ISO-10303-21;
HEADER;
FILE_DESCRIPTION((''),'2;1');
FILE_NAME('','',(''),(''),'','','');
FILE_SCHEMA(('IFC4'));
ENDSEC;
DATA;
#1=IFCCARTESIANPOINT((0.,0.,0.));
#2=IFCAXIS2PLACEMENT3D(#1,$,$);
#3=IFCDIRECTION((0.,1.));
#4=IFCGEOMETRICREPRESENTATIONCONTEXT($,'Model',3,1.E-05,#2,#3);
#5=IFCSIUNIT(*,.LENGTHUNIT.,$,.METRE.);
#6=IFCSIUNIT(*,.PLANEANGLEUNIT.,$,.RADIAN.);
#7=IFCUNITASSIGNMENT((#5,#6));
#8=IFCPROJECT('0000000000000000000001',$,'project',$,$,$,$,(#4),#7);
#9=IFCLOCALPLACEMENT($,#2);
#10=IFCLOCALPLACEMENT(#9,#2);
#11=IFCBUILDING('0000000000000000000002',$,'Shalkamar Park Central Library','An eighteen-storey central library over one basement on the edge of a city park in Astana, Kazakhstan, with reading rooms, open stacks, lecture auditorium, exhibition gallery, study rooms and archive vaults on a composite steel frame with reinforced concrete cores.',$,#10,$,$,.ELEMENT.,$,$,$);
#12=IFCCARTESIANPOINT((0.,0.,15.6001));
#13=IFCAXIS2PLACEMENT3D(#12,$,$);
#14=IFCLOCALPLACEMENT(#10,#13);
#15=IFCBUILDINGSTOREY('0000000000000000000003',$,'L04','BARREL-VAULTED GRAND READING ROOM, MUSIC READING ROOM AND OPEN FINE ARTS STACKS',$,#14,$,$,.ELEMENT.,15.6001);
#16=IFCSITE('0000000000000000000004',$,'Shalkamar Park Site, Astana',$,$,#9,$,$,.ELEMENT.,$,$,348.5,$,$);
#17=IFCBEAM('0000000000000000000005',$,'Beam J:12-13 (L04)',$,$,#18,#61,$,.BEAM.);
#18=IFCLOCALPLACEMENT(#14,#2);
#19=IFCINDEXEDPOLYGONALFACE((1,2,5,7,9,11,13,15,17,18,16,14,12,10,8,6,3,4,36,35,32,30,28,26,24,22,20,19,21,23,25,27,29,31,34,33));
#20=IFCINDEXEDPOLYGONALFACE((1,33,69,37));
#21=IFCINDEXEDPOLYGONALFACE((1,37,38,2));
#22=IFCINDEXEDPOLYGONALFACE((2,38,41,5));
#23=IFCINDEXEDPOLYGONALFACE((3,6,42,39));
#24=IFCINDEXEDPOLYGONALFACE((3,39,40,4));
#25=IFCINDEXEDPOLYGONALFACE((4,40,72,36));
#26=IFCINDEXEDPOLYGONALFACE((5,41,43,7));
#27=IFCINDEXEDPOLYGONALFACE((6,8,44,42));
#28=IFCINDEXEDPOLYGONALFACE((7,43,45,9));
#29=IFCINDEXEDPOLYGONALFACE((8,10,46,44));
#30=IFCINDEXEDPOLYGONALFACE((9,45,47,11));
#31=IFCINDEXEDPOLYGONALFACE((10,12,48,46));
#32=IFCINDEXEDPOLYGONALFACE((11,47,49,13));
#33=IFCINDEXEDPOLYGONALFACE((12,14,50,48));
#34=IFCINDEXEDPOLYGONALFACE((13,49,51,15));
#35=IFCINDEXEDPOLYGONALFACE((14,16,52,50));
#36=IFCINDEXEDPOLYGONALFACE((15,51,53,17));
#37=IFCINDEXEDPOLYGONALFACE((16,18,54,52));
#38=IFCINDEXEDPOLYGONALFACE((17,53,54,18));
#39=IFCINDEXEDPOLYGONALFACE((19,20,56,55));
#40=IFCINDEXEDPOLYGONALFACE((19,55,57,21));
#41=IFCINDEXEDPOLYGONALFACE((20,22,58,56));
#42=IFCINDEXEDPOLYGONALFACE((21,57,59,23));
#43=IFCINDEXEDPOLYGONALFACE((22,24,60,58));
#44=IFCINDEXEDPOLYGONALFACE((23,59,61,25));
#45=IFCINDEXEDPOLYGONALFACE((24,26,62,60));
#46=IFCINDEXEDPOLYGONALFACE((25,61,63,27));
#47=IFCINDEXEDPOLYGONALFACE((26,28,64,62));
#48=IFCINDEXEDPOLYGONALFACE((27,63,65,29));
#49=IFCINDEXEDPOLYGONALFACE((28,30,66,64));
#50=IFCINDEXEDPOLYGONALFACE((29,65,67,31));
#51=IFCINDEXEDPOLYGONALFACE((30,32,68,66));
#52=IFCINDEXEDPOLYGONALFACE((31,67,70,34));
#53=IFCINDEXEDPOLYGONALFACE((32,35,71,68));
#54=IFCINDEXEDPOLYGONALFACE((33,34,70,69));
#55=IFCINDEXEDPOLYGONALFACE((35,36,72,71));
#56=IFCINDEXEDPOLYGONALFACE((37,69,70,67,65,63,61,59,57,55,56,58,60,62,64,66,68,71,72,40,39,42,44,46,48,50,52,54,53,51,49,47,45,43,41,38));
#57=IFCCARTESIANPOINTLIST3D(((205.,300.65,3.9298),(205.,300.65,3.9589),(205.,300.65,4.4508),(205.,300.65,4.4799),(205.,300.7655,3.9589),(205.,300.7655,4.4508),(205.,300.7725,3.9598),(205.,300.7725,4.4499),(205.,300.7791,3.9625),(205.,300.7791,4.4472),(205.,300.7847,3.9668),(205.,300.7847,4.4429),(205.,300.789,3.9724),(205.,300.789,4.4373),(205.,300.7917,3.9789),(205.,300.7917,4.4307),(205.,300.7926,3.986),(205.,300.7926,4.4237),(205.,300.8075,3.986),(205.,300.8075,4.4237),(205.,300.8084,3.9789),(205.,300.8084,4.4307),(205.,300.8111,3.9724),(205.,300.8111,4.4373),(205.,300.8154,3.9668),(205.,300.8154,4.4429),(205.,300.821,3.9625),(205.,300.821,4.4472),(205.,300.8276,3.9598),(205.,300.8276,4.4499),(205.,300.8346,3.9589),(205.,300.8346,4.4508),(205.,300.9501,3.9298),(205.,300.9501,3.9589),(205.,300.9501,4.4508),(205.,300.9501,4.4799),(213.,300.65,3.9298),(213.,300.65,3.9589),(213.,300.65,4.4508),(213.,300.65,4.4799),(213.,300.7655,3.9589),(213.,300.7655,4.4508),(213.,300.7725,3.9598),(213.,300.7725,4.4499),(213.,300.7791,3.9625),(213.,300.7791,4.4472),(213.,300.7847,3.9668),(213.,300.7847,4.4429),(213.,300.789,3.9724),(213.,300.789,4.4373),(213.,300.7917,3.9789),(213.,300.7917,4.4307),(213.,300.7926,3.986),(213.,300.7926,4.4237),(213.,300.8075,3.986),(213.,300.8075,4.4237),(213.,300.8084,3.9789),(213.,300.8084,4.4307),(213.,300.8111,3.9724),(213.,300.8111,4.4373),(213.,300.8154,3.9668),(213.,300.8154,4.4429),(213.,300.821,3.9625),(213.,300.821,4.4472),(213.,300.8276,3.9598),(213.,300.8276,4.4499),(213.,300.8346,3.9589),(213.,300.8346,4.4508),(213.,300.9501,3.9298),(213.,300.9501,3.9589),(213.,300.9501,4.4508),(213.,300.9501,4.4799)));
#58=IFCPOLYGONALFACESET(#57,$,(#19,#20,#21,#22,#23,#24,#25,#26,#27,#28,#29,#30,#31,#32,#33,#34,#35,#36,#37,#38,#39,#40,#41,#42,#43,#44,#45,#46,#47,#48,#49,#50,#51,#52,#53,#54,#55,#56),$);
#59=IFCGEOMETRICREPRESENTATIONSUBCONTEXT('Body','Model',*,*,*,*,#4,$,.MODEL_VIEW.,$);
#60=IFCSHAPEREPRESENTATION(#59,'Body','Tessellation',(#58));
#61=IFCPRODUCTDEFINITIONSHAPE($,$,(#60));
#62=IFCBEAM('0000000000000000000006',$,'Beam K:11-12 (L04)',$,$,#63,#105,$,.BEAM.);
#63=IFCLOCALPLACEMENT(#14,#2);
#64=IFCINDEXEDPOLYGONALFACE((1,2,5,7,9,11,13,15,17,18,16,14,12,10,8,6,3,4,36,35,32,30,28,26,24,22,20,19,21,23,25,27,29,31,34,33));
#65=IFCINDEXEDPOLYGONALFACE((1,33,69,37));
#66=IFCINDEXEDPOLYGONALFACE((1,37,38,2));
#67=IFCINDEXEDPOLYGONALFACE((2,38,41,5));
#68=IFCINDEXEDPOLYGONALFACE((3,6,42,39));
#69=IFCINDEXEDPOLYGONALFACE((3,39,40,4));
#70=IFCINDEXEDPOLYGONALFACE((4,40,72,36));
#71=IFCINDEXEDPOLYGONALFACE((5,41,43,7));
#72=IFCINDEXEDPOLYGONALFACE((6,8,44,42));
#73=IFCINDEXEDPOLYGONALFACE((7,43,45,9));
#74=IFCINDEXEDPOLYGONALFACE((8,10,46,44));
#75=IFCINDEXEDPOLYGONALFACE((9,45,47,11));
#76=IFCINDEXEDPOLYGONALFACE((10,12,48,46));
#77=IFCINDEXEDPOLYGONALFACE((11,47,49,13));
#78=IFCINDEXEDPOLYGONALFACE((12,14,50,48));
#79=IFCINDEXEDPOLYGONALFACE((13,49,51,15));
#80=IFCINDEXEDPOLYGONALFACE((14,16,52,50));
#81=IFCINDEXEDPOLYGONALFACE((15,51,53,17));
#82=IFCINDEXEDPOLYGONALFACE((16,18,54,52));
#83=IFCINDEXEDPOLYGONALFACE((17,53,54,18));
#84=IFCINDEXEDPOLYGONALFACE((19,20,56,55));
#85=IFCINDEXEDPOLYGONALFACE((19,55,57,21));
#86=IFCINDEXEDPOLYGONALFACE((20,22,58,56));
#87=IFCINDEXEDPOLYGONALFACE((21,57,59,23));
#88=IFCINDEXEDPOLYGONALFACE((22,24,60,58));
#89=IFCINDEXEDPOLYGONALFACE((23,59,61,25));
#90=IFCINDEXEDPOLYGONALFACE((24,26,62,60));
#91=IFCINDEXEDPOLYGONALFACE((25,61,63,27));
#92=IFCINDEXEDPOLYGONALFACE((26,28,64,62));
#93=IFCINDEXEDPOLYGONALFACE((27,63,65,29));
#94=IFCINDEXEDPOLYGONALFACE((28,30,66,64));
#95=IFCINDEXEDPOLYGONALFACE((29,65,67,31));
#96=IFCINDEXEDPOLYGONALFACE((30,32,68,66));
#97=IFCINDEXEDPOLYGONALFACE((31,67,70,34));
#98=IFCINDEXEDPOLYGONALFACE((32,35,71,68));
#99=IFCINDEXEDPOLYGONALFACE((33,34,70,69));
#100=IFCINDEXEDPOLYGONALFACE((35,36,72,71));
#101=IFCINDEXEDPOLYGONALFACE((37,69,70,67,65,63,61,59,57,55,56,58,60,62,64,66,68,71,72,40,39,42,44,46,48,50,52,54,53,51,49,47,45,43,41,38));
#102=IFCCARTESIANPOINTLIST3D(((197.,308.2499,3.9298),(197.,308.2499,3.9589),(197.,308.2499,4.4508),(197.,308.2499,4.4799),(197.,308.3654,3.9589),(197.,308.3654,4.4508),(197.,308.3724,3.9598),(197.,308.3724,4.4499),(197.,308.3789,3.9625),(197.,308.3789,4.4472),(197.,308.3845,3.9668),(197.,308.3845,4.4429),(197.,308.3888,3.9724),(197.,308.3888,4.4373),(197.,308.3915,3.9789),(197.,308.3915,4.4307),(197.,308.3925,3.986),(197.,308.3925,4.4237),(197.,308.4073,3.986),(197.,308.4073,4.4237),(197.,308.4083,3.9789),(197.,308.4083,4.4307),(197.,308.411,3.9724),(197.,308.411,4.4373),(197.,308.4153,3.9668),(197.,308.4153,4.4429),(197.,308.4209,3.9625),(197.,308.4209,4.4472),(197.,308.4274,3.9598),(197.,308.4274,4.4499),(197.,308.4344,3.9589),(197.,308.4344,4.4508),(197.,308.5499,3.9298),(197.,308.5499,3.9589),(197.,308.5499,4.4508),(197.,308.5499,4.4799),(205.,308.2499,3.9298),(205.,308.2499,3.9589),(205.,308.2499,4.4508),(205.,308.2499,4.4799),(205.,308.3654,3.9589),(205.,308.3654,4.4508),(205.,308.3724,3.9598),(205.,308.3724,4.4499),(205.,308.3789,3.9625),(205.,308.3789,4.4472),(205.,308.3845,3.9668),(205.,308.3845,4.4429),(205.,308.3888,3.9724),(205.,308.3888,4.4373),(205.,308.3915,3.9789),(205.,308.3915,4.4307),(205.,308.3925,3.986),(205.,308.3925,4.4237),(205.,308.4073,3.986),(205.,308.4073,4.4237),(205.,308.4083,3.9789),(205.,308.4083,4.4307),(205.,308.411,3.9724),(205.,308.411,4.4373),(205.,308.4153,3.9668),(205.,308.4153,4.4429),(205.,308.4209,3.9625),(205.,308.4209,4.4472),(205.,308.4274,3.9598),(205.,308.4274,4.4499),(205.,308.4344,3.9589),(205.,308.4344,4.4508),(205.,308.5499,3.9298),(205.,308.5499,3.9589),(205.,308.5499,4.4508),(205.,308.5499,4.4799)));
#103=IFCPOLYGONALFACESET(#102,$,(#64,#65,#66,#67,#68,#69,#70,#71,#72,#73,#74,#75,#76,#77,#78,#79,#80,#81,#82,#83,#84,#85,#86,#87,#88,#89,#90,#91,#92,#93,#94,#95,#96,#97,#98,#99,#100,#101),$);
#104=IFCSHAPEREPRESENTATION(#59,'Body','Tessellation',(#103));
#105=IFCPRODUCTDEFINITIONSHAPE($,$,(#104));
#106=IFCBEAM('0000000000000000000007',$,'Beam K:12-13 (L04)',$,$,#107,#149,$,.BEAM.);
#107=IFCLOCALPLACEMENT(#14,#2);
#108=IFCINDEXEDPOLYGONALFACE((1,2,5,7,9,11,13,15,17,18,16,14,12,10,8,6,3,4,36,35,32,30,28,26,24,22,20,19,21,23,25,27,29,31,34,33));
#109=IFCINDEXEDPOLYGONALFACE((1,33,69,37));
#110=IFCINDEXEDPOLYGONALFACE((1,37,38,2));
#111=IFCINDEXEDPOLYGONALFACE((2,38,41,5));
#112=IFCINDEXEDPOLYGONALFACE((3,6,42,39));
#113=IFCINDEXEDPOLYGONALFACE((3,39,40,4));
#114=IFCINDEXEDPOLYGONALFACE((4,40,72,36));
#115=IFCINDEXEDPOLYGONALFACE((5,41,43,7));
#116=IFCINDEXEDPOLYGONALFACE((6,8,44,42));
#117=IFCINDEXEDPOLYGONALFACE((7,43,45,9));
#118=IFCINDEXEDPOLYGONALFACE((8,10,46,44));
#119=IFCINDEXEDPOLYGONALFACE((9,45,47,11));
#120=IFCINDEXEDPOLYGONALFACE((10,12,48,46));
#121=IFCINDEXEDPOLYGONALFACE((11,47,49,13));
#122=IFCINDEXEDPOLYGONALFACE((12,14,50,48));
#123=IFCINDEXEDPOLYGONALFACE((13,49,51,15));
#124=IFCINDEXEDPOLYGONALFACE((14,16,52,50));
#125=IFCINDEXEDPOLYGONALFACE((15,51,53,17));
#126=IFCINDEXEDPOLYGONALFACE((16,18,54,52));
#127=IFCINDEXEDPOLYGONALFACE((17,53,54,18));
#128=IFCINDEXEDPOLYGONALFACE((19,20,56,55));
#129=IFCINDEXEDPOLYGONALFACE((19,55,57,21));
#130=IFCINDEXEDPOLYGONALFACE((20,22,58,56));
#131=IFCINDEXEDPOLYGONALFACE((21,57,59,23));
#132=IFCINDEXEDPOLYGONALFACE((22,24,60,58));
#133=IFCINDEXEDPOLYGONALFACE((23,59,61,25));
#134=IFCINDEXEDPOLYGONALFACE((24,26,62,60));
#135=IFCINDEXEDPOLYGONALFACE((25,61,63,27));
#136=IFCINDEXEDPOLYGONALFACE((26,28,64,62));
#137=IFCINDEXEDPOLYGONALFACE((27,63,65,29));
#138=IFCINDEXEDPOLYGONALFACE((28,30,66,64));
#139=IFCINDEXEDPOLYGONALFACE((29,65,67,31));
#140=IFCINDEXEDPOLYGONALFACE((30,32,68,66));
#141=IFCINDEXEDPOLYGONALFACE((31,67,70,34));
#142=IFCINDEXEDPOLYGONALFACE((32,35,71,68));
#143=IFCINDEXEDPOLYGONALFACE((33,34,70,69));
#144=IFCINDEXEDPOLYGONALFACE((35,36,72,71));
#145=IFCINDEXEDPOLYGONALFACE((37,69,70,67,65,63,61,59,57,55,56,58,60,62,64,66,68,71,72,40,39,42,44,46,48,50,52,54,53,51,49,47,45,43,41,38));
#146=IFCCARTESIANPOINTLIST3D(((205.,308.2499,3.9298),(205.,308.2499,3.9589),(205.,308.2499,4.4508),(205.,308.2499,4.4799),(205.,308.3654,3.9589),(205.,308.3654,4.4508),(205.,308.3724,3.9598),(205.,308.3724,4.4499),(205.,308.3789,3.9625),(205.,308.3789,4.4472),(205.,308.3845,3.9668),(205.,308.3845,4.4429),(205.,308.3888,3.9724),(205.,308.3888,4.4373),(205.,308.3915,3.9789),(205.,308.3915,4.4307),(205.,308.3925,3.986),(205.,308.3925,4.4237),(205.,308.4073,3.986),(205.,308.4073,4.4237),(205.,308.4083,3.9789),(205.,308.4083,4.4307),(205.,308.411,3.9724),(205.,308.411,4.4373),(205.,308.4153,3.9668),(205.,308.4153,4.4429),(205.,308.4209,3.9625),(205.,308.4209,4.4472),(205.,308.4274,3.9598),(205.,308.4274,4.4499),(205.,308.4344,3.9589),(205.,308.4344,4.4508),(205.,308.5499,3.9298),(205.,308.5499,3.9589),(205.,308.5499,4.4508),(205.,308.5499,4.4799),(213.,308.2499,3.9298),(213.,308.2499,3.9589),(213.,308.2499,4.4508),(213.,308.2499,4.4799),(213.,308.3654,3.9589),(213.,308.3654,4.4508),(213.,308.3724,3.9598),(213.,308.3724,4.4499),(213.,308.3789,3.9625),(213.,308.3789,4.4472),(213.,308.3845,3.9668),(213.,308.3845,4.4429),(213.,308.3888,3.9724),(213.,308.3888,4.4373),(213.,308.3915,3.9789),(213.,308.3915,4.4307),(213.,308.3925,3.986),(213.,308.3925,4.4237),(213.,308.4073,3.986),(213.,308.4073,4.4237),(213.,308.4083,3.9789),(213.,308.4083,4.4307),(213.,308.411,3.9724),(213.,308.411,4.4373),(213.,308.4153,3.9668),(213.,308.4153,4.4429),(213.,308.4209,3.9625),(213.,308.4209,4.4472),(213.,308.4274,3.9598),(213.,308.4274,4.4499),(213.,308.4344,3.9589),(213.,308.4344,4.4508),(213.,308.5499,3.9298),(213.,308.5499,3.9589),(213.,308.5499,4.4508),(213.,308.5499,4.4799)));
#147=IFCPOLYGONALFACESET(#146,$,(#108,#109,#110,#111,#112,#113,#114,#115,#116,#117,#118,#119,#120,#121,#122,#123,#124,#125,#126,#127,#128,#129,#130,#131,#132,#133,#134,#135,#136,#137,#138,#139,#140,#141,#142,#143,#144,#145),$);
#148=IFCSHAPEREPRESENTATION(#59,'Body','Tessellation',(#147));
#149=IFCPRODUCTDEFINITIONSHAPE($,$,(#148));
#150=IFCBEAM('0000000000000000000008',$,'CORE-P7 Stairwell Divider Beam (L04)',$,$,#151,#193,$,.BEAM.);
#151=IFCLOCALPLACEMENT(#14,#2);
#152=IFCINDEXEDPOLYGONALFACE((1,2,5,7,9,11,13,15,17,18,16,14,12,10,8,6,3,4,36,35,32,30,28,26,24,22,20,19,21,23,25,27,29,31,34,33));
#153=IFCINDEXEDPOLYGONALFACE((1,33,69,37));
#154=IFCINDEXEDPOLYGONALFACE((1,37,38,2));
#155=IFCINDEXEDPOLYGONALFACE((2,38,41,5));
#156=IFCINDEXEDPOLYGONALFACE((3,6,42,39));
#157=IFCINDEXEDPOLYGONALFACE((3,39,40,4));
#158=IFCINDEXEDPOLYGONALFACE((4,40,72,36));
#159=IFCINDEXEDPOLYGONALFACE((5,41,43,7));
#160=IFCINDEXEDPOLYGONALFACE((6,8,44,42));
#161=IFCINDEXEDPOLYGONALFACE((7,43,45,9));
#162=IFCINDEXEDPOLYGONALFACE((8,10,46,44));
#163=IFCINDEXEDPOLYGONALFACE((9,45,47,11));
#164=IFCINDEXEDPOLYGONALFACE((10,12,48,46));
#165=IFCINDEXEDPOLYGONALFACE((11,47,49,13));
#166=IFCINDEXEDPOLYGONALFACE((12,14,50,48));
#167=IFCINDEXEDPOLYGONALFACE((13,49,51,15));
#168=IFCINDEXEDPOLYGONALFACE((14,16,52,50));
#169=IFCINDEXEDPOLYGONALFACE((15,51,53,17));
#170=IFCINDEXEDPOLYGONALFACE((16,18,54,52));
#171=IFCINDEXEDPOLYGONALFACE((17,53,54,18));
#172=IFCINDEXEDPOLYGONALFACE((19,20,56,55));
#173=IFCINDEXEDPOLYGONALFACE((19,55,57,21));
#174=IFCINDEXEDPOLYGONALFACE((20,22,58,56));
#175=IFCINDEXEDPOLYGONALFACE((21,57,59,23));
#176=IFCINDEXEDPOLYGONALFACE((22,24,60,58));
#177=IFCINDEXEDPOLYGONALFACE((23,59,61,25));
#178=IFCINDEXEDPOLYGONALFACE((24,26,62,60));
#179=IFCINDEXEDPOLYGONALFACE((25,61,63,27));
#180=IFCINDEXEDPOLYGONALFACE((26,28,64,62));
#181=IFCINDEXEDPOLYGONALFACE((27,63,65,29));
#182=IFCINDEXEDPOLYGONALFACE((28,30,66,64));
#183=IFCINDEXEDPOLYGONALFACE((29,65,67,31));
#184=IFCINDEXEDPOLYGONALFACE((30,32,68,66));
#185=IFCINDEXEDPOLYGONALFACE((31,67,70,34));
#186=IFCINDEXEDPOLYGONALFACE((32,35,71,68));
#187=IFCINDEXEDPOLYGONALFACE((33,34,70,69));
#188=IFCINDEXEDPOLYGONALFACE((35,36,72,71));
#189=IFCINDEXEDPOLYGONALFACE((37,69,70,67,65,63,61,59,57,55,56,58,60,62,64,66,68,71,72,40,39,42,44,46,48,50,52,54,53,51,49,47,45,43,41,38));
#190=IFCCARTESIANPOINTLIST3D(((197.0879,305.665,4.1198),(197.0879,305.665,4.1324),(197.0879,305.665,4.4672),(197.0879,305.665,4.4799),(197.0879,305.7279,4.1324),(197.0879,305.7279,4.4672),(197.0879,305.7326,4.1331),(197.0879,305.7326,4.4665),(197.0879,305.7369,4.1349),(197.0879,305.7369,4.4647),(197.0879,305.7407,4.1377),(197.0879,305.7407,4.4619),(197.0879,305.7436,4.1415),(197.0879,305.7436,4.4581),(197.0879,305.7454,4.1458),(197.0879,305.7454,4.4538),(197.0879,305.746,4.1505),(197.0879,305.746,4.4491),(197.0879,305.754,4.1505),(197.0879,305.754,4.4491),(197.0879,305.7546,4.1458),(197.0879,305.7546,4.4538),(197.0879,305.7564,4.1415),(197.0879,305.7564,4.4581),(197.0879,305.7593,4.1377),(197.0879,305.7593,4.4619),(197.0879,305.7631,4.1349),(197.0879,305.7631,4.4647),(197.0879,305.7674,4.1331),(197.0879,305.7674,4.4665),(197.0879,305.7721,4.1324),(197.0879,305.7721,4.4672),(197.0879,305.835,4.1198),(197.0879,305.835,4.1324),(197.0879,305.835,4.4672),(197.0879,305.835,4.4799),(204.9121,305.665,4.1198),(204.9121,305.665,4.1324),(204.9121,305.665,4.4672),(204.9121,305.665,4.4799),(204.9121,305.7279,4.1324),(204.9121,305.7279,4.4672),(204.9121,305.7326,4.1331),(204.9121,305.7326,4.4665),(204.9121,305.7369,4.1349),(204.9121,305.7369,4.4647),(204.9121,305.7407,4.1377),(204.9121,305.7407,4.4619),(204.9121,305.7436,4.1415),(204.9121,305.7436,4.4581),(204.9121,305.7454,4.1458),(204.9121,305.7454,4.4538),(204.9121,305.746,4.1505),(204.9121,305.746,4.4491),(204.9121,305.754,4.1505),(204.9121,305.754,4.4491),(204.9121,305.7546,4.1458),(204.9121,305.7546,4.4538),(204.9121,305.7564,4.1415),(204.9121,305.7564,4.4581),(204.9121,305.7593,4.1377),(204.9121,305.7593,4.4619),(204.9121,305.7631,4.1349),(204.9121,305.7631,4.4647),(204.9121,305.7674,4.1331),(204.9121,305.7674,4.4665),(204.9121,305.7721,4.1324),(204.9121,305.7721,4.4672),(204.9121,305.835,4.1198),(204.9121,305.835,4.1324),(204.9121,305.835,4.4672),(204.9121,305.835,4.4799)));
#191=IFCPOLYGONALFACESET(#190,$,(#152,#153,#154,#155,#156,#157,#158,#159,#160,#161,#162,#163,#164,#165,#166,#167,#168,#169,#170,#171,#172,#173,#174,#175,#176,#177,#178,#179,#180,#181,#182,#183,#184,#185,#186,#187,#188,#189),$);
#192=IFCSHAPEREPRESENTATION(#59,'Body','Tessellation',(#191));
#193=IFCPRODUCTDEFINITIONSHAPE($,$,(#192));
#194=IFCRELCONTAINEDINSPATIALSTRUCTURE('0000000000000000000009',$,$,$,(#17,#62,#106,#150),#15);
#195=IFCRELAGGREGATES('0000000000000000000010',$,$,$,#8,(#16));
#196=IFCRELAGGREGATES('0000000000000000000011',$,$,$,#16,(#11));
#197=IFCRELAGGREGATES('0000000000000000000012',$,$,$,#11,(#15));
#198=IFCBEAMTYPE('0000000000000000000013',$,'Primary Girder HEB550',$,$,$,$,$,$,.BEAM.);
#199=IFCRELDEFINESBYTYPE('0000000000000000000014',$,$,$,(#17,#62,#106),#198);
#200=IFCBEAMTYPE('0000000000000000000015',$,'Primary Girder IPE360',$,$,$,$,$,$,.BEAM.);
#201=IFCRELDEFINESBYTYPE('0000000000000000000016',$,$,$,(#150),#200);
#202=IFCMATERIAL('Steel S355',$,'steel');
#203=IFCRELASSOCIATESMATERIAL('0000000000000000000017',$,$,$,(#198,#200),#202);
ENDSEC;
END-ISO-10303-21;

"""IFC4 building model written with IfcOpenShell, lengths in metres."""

from ifc_helpers import new_model, si_unit, direction, frame, origin, origin_2d, place, context, subcontext, project, spatial, i_section, extrude, material, material_profile, profile_set, type_object, element, save


model = new_model("IFC4")

# Units and contexts
model_context = context("Model", 3, precision=1e-05, world=origin(), true_north=direction((0.0, 1.0)))
body_context = subcontext(model_context, "Body", "Model", "MODEL_VIEW")
ifc_project = project(units=[si_unit("LENGTHUNIT", "METRE"), si_unit("PLANEANGLEUNIT", "RADIAN")], contexts=[model_context])

# Site, building, storey
site_placement = place(None, origin())
site = spatial("IfcSite", under=ifc_project, at=site_placement, Name="Shalkamar Park Site, Astana", CompositionType="ELEMENT", RefElevation=348.5)
building_placement = place(site_placement, origin())
building = spatial("IfcBuilding", under=site, at=building_placement, Name="Shalkamar Park Central Library", Description="An eighteen-storey central library over one basement on the edge of a city park in Astana, Kazakhstan, with reading rooms, open stacks, lecture auditorium, exhibition gallery, study rooms and archive vaults on a composite steel frame with reinforced concrete cores.", CompositionType="ELEMENT")
storey_placement = place(building_placement, frame((0.0, 0.0, 15.6001)))
storey = spatial("IfcBuildingStorey", under=building, at=storey_placement, Name="L04", Description="BARREL-VAULTED GRAND READING ROOM, MUSIC READING ROOM AND OPEN FINE ARTS STACKS", CompositionType="ELEMENT", Elevation=15.6001)

# Shared definitions
ifc_material_1 = material(Name="Steel S355", Category="steel")

# Beams
ifc_material_profile_1 = material_profile(ifc_material_1, i_section(OverallWidth=0.3, OverallDepth=0.55, WebThickness=0.0149, FlangeThickness=0.0291, FilletRadius=0.0271, at=origin_2d()), Name="HEB 550")
ifc_profile_set_1 = profile_set([ifc_material_profile_1], Name="Steel S355")
beam_type_1 = type_object("IfcBeamType", Name="Primary Girder HEB550", PredefinedType="BEAM", material=ifc_profile_set_1)
for number, where, z_axis, x_axis, name in (
    (1, (205.0, 300.8, 4.2048), (1.0, 0.0, 0.0), (0.0, 1.0, 0.0), "Beam J:12-13 (L04)"),
    (2, (197.0, 308.3999, 4.2048), (1.0, 0.0, 0.0), (0.0, 1.0, 0.0), "Beam K:11-12 (L04)"),
    (3, (205.0, 308.3999, 4.2048), (1.0, 0.0, 0.0), (0.0, 1.0, 0.0), "Beam K:12-13 (L04)"),
):
    element("IfcBeam", number, at=place(storey_placement, frame(where, z_axis=z_axis, x_axis=x_axis)), inside=storey, type_object=beam_type_1, Name=name, PredefinedType="BEAM", context=body_context, shape_type="SweptSolid", body=[
        extrude(i_section(OverallWidth=0.3, OverallDepth=0.55, WebThickness=0.0149, FlangeThickness=0.0291, FilletRadius=0.0271, at=origin_2d()), origin(), (0.0, 0.0, 1.0), 8.0),
    ])
ifc_material_profile_2 = material_profile(ifc_material_1, i_section(OverallWidth=0.1699, OverallDepth=0.3601, WebThickness=0.0081, FlangeThickness=0.0127, FilletRadius=0.0181, at=origin_2d()), Name="IPE 360")
ifc_profile_set_2 = profile_set([ifc_material_profile_2], Name="Steel S355")
beam_type_2 = type_object("IfcBeamType", Name="Primary Girder IPE360", PredefinedType="BEAM", material=ifc_profile_set_2)
beam_1_placement = place(storey_placement, frame((197.0879, 305.75, 4.2998), z_axis=(1.0, 0.0, 0.0), x_axis=(0.0, 1.0, 0.0)))
element("IfcBeam", 4, at=beam_1_placement, inside=storey, type_object=beam_type_2, Name="CORE-P7 Stairwell Divider Beam (L04)", PredefinedType="BEAM", context=body_context, shape_type="SweptSolid", body=[
    extrude(i_section(OverallWidth=0.1699, OverallDepth=0.3601, WebThickness=0.0081, FlangeThickness=0.0127, FilletRadius=0.0181, at=origin_2d()), origin(), (0.0, 0.0, 1.0), 7.8242),
])

save(model, "model.ifc")
